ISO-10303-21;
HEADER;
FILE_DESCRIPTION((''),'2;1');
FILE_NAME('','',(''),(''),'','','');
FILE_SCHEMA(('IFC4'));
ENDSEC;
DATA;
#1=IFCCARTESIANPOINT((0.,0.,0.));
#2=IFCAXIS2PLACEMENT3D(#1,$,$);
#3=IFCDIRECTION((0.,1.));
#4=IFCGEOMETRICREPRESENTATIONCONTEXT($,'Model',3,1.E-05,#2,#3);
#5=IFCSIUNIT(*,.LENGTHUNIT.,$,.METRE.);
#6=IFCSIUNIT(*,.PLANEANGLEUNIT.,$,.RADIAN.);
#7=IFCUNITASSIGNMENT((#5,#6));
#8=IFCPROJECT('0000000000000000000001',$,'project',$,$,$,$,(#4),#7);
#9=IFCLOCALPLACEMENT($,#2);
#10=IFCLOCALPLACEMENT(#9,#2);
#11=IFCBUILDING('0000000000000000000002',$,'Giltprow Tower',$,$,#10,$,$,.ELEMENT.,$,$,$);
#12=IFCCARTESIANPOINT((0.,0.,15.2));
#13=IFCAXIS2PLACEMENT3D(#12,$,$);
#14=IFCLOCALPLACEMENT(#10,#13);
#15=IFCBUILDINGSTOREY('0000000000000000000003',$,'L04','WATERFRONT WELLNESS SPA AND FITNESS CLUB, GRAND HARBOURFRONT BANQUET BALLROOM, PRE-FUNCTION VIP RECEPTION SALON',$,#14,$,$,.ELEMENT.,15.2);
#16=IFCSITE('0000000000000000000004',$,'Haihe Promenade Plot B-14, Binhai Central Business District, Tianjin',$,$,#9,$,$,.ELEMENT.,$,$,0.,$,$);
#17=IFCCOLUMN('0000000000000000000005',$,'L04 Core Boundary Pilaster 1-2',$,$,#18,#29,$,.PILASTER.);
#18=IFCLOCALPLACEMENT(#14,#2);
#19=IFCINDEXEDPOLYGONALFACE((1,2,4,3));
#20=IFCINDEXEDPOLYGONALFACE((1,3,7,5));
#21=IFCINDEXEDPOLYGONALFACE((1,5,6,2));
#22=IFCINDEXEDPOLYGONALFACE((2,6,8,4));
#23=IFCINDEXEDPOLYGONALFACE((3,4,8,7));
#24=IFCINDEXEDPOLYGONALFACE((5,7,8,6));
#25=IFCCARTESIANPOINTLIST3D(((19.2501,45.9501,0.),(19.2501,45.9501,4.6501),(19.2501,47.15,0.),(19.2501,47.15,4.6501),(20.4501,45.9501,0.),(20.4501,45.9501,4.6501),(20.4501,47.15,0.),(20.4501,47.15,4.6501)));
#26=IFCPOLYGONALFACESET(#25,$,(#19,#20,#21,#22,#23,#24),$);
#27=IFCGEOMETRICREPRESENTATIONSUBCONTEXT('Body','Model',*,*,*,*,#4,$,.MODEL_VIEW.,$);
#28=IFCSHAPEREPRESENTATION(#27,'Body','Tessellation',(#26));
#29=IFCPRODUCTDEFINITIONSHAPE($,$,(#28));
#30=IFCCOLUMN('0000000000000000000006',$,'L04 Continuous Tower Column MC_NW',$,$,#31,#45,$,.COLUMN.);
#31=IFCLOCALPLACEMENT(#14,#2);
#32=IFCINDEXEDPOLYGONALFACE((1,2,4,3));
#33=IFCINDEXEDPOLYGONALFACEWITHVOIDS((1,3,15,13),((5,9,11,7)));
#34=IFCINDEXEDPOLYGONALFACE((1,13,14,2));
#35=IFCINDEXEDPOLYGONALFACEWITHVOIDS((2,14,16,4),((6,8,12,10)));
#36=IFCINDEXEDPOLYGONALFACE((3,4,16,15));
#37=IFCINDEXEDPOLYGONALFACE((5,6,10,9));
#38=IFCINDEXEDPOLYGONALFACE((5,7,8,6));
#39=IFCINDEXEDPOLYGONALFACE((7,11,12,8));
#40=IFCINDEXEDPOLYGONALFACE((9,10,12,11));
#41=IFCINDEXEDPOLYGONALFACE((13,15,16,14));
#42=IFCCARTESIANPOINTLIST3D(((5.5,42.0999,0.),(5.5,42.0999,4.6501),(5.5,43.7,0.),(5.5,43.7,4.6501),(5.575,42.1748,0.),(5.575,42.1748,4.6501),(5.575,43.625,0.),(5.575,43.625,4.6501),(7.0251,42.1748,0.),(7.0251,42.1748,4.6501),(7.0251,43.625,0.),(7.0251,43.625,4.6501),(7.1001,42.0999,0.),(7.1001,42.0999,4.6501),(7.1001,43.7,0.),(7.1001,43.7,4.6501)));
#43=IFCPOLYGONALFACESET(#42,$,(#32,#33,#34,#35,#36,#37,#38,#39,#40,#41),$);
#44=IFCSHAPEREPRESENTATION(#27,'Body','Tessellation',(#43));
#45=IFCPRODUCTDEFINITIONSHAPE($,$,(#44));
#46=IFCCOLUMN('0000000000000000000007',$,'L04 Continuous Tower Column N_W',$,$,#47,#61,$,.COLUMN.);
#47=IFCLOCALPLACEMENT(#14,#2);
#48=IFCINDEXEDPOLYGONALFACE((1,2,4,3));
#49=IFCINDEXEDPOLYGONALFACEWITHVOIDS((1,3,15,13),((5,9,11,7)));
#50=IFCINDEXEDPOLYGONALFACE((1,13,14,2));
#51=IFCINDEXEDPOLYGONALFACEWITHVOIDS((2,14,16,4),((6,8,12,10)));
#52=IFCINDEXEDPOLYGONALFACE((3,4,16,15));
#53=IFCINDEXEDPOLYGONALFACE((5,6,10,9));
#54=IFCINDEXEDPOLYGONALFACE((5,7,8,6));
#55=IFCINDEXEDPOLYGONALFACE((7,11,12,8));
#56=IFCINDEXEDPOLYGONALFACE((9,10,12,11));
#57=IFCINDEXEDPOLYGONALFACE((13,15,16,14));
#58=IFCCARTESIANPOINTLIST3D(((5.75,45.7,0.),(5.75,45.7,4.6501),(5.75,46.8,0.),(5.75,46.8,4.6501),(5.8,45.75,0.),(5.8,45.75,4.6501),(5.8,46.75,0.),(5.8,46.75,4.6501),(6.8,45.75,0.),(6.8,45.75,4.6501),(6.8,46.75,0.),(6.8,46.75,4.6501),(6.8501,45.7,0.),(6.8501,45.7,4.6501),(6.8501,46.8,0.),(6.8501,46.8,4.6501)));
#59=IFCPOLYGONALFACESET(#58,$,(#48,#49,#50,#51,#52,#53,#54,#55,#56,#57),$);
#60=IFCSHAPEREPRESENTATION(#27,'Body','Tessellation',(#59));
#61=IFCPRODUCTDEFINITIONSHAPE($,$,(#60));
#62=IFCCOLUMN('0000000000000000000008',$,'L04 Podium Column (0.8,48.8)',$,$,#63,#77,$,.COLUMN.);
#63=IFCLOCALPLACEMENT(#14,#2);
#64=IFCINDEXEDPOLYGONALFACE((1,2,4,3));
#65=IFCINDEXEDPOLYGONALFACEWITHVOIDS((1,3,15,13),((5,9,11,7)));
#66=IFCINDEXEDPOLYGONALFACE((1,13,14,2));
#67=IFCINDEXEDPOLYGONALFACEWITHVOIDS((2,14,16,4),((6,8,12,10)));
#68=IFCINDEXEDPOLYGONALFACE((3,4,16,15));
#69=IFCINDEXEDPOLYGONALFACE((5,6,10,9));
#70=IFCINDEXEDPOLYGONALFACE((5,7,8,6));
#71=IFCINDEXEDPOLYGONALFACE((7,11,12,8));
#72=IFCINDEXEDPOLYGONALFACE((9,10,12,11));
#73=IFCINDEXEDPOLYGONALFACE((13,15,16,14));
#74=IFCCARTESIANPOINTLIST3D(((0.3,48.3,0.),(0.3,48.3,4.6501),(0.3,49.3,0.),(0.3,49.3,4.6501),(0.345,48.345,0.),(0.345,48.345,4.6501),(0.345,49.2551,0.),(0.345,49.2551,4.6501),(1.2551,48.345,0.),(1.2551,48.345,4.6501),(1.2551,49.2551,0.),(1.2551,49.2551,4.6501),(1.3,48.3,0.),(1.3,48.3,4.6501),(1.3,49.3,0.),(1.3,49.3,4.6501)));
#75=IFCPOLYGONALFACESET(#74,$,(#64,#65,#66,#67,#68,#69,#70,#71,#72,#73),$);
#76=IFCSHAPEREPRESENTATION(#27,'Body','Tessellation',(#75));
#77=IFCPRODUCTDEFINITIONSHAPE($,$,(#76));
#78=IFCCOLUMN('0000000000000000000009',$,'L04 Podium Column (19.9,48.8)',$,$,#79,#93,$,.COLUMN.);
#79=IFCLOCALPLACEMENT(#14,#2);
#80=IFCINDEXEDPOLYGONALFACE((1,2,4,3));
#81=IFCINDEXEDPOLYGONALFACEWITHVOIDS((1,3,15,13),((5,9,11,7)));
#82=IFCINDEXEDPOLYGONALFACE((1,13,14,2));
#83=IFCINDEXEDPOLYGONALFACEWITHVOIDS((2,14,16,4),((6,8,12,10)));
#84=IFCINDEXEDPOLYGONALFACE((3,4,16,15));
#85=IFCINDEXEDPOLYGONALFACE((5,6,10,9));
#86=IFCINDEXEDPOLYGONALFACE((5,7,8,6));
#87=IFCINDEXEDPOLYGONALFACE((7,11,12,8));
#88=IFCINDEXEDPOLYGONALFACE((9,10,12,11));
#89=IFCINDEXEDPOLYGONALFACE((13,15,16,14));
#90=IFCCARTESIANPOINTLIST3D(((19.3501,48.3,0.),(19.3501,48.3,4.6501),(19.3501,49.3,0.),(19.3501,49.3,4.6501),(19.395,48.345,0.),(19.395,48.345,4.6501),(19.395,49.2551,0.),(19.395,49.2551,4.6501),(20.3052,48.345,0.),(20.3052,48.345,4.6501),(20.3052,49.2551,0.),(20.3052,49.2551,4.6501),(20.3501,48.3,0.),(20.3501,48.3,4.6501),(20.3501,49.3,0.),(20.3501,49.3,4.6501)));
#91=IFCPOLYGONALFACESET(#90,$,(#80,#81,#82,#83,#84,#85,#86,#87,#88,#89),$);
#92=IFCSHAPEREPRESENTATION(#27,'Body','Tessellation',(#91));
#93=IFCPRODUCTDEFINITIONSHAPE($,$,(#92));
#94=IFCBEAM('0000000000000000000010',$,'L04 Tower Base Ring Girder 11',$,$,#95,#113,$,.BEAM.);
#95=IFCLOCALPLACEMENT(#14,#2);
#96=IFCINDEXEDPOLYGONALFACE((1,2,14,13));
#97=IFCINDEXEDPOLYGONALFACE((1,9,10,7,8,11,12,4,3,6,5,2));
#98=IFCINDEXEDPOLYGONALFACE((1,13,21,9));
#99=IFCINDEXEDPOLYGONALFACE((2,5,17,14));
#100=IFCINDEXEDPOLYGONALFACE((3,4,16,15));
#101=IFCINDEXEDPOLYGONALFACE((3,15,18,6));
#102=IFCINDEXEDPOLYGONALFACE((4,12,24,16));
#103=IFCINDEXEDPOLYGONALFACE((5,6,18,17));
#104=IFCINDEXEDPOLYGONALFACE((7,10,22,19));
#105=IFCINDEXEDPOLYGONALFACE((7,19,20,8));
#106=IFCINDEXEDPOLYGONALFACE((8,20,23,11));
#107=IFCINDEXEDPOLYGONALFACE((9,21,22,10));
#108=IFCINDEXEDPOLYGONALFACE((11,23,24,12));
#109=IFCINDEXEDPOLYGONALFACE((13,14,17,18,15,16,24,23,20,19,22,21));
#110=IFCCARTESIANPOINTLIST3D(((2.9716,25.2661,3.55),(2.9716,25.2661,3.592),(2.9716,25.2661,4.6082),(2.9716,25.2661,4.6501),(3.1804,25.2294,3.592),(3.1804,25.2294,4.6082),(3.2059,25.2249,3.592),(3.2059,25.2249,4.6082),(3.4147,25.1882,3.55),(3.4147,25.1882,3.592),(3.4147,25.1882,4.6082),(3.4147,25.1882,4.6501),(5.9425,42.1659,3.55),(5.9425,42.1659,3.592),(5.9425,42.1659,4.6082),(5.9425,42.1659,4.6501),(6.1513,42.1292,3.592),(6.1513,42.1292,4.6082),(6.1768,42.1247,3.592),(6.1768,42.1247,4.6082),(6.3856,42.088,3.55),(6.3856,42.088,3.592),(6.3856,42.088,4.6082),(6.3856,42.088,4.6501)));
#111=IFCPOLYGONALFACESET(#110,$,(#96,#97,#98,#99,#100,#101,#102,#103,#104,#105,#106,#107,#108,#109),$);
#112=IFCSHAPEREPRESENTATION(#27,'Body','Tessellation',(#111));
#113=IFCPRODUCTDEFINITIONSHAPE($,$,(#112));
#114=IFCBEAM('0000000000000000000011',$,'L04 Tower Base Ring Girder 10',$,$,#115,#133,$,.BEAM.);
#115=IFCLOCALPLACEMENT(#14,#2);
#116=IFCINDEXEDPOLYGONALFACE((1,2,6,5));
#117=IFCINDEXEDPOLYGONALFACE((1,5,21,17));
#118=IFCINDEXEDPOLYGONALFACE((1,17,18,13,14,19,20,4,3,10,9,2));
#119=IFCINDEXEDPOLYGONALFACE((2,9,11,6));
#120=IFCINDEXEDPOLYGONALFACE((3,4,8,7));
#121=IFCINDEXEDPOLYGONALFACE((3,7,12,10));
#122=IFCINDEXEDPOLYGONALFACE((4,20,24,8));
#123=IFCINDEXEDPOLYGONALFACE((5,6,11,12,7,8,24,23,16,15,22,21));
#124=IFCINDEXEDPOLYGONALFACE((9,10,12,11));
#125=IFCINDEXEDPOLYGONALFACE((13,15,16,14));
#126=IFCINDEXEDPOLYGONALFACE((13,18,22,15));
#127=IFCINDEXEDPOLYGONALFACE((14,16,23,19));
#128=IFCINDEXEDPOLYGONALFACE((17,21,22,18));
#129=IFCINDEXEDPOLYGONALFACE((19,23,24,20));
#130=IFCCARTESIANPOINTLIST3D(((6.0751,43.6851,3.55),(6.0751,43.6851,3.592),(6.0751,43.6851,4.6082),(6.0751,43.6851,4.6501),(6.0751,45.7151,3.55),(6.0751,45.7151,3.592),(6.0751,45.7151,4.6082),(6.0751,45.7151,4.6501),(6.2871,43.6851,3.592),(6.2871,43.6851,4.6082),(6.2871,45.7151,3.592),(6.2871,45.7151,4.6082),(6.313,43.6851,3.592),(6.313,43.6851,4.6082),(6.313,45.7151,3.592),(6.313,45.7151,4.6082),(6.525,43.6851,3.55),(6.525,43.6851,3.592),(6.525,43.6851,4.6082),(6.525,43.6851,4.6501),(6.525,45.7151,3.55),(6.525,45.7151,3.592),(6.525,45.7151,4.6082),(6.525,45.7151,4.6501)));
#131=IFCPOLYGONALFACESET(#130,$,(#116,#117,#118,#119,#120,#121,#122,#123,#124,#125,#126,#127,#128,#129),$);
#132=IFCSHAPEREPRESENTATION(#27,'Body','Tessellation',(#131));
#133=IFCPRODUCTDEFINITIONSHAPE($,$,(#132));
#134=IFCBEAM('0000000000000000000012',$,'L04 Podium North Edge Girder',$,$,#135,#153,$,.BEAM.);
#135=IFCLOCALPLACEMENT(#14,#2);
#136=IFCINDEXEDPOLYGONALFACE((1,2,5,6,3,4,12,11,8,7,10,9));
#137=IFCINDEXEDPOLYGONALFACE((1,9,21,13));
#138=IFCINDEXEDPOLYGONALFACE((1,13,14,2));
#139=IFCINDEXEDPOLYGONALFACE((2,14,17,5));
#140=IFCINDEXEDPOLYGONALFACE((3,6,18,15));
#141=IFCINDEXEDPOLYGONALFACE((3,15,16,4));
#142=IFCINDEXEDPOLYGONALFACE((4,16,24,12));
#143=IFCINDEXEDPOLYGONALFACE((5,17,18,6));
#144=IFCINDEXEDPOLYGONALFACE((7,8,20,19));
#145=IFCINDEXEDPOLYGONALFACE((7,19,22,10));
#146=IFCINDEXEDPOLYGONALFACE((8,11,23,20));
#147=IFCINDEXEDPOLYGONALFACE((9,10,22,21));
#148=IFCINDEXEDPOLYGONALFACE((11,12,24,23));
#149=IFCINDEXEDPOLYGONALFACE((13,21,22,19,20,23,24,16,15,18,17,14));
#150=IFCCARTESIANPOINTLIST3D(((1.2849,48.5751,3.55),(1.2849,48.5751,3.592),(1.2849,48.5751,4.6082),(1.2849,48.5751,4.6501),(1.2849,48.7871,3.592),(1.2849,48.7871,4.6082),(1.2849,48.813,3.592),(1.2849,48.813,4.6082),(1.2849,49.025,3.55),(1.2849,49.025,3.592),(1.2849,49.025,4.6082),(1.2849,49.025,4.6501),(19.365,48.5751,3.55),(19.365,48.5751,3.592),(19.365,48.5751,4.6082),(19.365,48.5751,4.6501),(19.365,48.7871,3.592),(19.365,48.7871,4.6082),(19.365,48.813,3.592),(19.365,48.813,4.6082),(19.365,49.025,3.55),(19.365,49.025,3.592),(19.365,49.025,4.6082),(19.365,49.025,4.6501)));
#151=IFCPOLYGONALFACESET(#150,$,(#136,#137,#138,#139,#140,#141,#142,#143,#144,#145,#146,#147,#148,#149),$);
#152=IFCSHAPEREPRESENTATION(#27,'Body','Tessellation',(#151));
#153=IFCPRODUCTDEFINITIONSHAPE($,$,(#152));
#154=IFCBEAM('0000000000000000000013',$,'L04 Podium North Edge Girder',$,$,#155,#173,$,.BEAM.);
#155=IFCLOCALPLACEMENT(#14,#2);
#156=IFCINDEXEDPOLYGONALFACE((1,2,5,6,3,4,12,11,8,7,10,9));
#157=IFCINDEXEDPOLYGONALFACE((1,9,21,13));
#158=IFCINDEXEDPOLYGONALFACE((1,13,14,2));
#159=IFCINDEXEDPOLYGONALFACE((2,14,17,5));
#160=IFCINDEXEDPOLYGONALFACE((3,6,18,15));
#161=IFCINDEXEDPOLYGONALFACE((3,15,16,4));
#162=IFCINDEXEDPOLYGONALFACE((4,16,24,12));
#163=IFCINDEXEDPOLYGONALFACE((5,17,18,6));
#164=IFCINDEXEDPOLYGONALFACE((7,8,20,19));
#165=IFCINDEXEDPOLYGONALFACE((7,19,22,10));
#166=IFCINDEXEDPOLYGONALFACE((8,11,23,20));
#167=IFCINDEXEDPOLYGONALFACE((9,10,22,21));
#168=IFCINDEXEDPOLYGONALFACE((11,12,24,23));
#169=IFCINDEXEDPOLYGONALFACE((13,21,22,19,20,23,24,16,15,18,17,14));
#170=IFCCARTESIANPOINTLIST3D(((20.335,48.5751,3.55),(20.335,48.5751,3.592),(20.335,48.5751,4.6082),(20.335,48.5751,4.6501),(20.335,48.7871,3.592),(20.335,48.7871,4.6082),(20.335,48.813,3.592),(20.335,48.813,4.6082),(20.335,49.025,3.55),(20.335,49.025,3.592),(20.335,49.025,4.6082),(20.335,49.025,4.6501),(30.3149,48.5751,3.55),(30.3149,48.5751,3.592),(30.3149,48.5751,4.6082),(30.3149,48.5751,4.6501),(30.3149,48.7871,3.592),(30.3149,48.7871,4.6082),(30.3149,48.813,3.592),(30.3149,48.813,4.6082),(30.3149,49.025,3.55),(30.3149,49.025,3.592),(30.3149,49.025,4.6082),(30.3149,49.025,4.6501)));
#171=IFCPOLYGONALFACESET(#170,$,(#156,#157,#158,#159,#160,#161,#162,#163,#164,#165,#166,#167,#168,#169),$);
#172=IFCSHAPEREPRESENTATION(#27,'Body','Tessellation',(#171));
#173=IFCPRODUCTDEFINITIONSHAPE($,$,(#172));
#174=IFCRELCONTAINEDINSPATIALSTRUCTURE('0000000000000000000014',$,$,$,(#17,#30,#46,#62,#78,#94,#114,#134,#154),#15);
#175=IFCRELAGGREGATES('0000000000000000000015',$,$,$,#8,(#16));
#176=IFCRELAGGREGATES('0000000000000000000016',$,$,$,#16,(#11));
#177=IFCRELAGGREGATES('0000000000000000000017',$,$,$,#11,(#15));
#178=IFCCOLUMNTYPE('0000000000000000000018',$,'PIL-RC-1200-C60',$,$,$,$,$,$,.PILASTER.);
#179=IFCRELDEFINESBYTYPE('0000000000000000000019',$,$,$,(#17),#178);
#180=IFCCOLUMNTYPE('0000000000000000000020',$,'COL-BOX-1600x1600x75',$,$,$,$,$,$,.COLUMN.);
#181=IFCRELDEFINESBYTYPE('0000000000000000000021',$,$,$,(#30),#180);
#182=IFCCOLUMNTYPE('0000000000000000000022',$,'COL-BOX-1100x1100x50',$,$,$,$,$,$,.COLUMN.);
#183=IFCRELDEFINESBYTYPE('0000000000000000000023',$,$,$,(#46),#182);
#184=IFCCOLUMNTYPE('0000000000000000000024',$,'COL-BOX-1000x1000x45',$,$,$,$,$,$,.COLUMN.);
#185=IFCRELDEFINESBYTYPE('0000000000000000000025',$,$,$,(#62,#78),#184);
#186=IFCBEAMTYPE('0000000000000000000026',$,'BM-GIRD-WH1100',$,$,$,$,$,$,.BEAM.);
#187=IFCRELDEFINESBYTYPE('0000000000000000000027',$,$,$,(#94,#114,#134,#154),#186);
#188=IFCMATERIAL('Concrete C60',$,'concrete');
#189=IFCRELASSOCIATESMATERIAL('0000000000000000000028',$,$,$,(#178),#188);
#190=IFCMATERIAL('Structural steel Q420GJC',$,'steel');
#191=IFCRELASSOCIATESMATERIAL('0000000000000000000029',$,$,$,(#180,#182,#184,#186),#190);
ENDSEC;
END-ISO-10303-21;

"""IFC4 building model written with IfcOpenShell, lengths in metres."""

from ifc_helpers import new_model, si_unit, direction, frame, origin, origin_2d, place, context, subcontext, project, spatial, rectangle, hollow_rectangle, i_section, extrude, source, transform, mapped, material, material_profile, profile_set, type_object, element, save


model = new_model("IFC4")

# Units and contexts
model_context = context("Model", 3, precision=1e-05, world=origin(), true_north=direction((0.0, 1.0)))
body_context = subcontext(model_context, "Body", "Model", "MODEL_VIEW")
ifc_project = project(units=[si_unit("LENGTHUNIT", "METRE"), si_unit("PLANEANGLEUNIT", "RADIAN")], contexts=[model_context])

# Site, building, storey
site_placement = place(None, origin())
site = spatial("IfcSite", under=ifc_project, at=site_placement, Name="Haihe Promenade Plot B-14, Binhai Central Business District, Tianjin", CompositionType="ELEMENT", RefElevation=0.0)
building_placement = place(site_placement, origin())
building = spatial("IfcBuilding", under=site, at=building_placement, Name="Giltprow Tower", CompositionType="ELEMENT")
storey_placement = place(building_placement, frame((0.0, 0.0, 15.2)))
storey = spatial("IfcBuildingStorey", under=building, at=storey_placement, Name="L04", Description="WATERFRONT WELLNESS SPA AND FITNESS CLUB, GRAND HARBOURFRONT BANQUET BALLROOM, PRE-FUNCTION VIP RECEPTION SALON", CompositionType="ELEMENT", Elevation=15.2)

# Columns
ifc_material_1 = material(Name="Concrete C60", Category="concrete")
ifc_material_profile_1 = material_profile(ifc_material_1, rectangle(XDim=1.2, YDim=1.2, at=origin_2d()), Name="RC 1200x1200")
ifc_profile_set_1 = profile_set([ifc_material_profile_1], Name="Concrete C60")
column_type_1 = type_object("IfcColumnType", Name="PIL-RC-1200-C60", PredefinedType="PILASTER", material=ifc_profile_set_1)
shared_shape_1 = source(origin(), body_context, "Body", "SweptSolid", [
    extrude(rectangle(XDim=1.2, YDim=1.2, at=origin_2d()), origin(), (0.0, 0.0, 1.0), 4.6501),
])
column_1_placement = place(storey_placement, frame((19.8501, 46.55, 0.0), z_axis=(0.0, 0.0, 1.0), x_axis=(1.0, 0.0, 0.0)))
element("IfcColumn", 1, at=column_1_placement, inside=storey, type_object=column_type_1, Name="L04 Core Boundary Pilaster 1-2", PredefinedType="PILASTER", context=body_context, shape_type="MappedRepresentation", body=[
    mapped(shared_shape_1, transform((0.0, 0.0, 0.0), x_axis=(1.0, 0.0, 0.0), y_axis=(0.0, 1.0, 0.0), z_axis=(0.0, 0.0, 1.0), scale=1.0)),
])
ifc_material_2 = material(Name="Structural steel Q420GJC", Category="steel")
ifc_material_profile_2 = material_profile(ifc_material_2, hollow_rectangle(XDim=1.6001, YDim=1.6001, WallThickness=0.075, at=origin_2d()), Name="BOX 1600x1600x75")
ifc_profile_set_2 = profile_set([ifc_material_profile_2], Name="Structural steel Q420GJC")
column_type_2 = type_object("IfcColumnType", Name="COL-BOX-1600x1600x75", PredefinedType="COLUMN", material=ifc_profile_set_2)
shared_shape_2 = source(origin(), body_context, "Body", "SweptSolid", [
    extrude(hollow_rectangle(XDim=1.6001, YDim=1.6001, WallThickness=0.075, at=origin_2d()), origin(), (0.0, 0.0, 1.0), 4.6501),
])
column_2_placement = place(storey_placement, frame((6.3, 42.8999, 0.0), z_axis=(0.0, 0.0, 1.0), x_axis=(1.0, 0.0, 0.0)))
element("IfcColumn", 2, at=column_2_placement, inside=storey, type_object=column_type_2, Name="L04 Continuous Tower Column MC_NW", PredefinedType="COLUMN", context=body_context, shape_type="MappedRepresentation", body=[
    mapped(shared_shape_2, transform((0.0, 0.0, 0.0), x_axis=(1.0, 0.0, 0.0), y_axis=(0.0, 1.0, 0.0), z_axis=(0.0, 0.0, 1.0), scale=1.0)),
])
ifc_material_profile_3 = material_profile(ifc_material_2, hollow_rectangle(XDim=1.1001, YDim=1.1001, WallThickness=0.05, at=origin_2d()), Name="BOX 1100x1100x50")
ifc_profile_set_3 = profile_set([ifc_material_profile_3], Name="Structural steel Q420GJC")
column_type_3 = type_object("IfcColumnType", Name="COL-BOX-1100x1100x50", PredefinedType="COLUMN", material=ifc_profile_set_3)
shared_shape_3 = source(origin(), body_context, "Body", "SweptSolid", [
    extrude(hollow_rectangle(XDim=1.1001, YDim=1.1001, WallThickness=0.05, at=origin_2d()), origin(), (0.0, 0.0, 1.0), 4.6501),
])
column_3_placement = place(storey_placement, frame((6.3, 46.25, 0.0), z_axis=(0.0, 0.0, 1.0), x_axis=(1.0, 0.0, 0.0)))
element("IfcColumn", 3, at=column_3_placement, inside=storey, type_object=column_type_3, Name="L04 Continuous Tower Column N_W", PredefinedType="COLUMN", context=body_context, shape_type="MappedRepresentation", body=[
    mapped(shared_shape_3, transform((0.0, 0.0, 0.0), x_axis=(1.0, 0.0, 0.0), y_axis=(0.0, 1.0, 0.0), z_axis=(0.0, 0.0, 1.0), scale=1.0)),
])
ifc_material_profile_4 = material_profile(ifc_material_2, hollow_rectangle(XDim=1.0, YDim=1.0, WallThickness=0.0449, at=origin_2d()), Name="BOX 1000x1000x45")
ifc_profile_set_4 = profile_set([ifc_material_profile_4], Name="Structural steel Q420GJC")
column_type_4 = type_object("IfcColumnType", Name="COL-BOX-1000x1000x45", PredefinedType="COLUMN", material=ifc_profile_set_4)
shared_shape_4 = source(origin(), body_context, "Body", "SweptSolid", [
    extrude(hollow_rectangle(XDim=1.0, YDim=1.0, WallThickness=0.0449, at=origin_2d()), origin(), (0.0, 0.0, 1.0), 4.6501),
])
for number, where, z_axis, x_axis, name in (
    (4, (0.8, 48.8, 0.0), (0.0, 0.0, 1.0), (1.0, 0.0, 0.0), "L04 Podium Column (0.8,48.8)"),
    (5, (19.8501, 48.8, 0.0), (0.0, 0.0, 1.0), (1.0, 0.0, 0.0), "L04 Podium Column (19.9,48.8)"),
):
    element("IfcColumn", number, at=place(storey_placement, frame(where, z_axis=z_axis, x_axis=x_axis)), inside=storey, type_object=column_type_4, Name=name, PredefinedType="COLUMN", context=body_context, shape_type="MappedRepresentation", body=[
        mapped(shared_shape_4, transform((0.0, 0.0, 0.0), x_axis=(1.0, 0.0, 0.0), y_axis=(0.0, 1.0, 0.0), z_axis=(0.0, 0.0, 1.0), scale=1.0)),
    ])

# Beams
ifc_material_profile_5 = material_profile(ifc_material_2, i_section(OverallWidth=0.45, OverallDepth=1.1001, WebThickness=0.0259, FlangeThickness=0.042, at=origin_2d()), Name="WH 1100x450x26x42")
ifc_profile_set_5 = profile_set([ifc_material_profile_5], Name="Structural steel Q420GJC")
beam_type_1 = type_object("IfcBeamType", Name="BM-GIRD-WH1100", PredefinedType="BEAM", material=ifc_profile_set_5)
shared_shape_5 = source(origin(), body_context, "Body", "SweptSolid", [
    extrude(i_section(OverallWidth=0.45, OverallDepth=1.1001, WebThickness=0.0259, FlangeThickness=0.042, at=origin_2d()), origin(), (0.0, 0.0, 1.0), 17.1589),
])
beam_1_placement = place(storey_placement, frame((6.1641, 42.127, 4.1001), z_axis=(-0.173142, -0.984897, 0.0), x_axis=(0.984897, -0.173142, 0.0)))
element("IfcBeam", 6, at=beam_1_placement, inside=storey, type_object=beam_type_1, Name="L04 Tower Base Ring Girder 11", PredefinedType="BEAM", context=body_context, shape_type="MappedRepresentation", body=[
    mapped(shared_shape_5, transform((0.0, 0.0, 0.0), x_axis=(1.0, 0.0, 0.0), y_axis=(0.0, 1.0, 0.0), z_axis=(0.0, 0.0, 1.0), scale=1.0)),
])
shared_shape_6 = source(origin(), body_context, "Body", "SweptSolid", [
    extrude(i_section(OverallWidth=0.45, OverallDepth=1.1001, WebThickness=0.0259, FlangeThickness=0.042, at=origin_2d()), origin(), (0.0, 0.0, 1.0), 2.03),
])
beam_2_placement = place(storey_placement, frame((6.3, 45.7151, 4.1001), z_axis=(0.0, -1.0, 0.0), x_axis=(1.0, 0.0, 0.0)))
element("IfcBeam", 7, at=beam_2_placement, inside=storey, type_object=beam_type_1, Name="L04 Tower Base Ring Girder 10", PredefinedType="BEAM", context=body_context, shape_type="MappedRepresentation", body=[
    mapped(shared_shape_6, transform((0.0, 0.0, 0.0), x_axis=(1.0, 0.0, 0.0), y_axis=(0.0, 1.0, 0.0), z_axis=(0.0, 0.0, 1.0), scale=1.0)),
])
shared_shape_7 = source(origin(), body_context, "Body", "SweptSolid", [
    extrude(i_section(OverallWidth=0.45, OverallDepth=1.1001, WebThickness=0.0259, FlangeThickness=0.042, at=origin_2d()), origin(), (0.0, 0.0, 1.0), 18.0801),
])
beam_3_placement = place(storey_placement, frame((1.2849, 48.8, 4.1001), z_axis=(1.0, 0.0, 0.0), x_axis=(0.0, 1.0, 0.0)))
element("IfcBeam", 8, at=beam_3_placement, inside=storey, type_object=beam_type_1, Name="L04 Podium North Edge Girder", PredefinedType="BEAM", context=body_context, shape_type="MappedRepresentation", body=[
    mapped(shared_shape_7, transform((0.0, 0.0, 0.0), x_axis=(1.0, 0.0, 0.0), y_axis=(0.0, 1.0, 0.0), z_axis=(0.0, 0.0, 1.0), scale=1.0)),
])
shared_shape_8 = source(origin(), body_context, "Body", "SweptSolid", [
    extrude(i_section(OverallWidth=0.45, OverallDepth=1.1001, WebThickness=0.0259, FlangeThickness=0.042, at=origin_2d()), origin(), (0.0, 0.0, 1.0), 9.98),
])
beam_4_placement = place(storey_placement, frame((20.335, 48.8, 4.1001), z_axis=(1.0, 0.0, 0.0), x_axis=(0.0, 1.0, 0.0)))
element("IfcBeam", 9, at=beam_4_placement, inside=storey, type_object=beam_type_1, Name="L04 Podium North Edge Girder", PredefinedType="BEAM", context=body_context, shape_type="MappedRepresentation", body=[
    mapped(shared_shape_8, transform((0.0, 0.0, 0.0), x_axis=(1.0, 0.0, 0.0), y_axis=(0.0, 1.0, 0.0), z_axis=(0.0, 0.0, 1.0), scale=1.0)),
])

save(model, "model.ifc")
